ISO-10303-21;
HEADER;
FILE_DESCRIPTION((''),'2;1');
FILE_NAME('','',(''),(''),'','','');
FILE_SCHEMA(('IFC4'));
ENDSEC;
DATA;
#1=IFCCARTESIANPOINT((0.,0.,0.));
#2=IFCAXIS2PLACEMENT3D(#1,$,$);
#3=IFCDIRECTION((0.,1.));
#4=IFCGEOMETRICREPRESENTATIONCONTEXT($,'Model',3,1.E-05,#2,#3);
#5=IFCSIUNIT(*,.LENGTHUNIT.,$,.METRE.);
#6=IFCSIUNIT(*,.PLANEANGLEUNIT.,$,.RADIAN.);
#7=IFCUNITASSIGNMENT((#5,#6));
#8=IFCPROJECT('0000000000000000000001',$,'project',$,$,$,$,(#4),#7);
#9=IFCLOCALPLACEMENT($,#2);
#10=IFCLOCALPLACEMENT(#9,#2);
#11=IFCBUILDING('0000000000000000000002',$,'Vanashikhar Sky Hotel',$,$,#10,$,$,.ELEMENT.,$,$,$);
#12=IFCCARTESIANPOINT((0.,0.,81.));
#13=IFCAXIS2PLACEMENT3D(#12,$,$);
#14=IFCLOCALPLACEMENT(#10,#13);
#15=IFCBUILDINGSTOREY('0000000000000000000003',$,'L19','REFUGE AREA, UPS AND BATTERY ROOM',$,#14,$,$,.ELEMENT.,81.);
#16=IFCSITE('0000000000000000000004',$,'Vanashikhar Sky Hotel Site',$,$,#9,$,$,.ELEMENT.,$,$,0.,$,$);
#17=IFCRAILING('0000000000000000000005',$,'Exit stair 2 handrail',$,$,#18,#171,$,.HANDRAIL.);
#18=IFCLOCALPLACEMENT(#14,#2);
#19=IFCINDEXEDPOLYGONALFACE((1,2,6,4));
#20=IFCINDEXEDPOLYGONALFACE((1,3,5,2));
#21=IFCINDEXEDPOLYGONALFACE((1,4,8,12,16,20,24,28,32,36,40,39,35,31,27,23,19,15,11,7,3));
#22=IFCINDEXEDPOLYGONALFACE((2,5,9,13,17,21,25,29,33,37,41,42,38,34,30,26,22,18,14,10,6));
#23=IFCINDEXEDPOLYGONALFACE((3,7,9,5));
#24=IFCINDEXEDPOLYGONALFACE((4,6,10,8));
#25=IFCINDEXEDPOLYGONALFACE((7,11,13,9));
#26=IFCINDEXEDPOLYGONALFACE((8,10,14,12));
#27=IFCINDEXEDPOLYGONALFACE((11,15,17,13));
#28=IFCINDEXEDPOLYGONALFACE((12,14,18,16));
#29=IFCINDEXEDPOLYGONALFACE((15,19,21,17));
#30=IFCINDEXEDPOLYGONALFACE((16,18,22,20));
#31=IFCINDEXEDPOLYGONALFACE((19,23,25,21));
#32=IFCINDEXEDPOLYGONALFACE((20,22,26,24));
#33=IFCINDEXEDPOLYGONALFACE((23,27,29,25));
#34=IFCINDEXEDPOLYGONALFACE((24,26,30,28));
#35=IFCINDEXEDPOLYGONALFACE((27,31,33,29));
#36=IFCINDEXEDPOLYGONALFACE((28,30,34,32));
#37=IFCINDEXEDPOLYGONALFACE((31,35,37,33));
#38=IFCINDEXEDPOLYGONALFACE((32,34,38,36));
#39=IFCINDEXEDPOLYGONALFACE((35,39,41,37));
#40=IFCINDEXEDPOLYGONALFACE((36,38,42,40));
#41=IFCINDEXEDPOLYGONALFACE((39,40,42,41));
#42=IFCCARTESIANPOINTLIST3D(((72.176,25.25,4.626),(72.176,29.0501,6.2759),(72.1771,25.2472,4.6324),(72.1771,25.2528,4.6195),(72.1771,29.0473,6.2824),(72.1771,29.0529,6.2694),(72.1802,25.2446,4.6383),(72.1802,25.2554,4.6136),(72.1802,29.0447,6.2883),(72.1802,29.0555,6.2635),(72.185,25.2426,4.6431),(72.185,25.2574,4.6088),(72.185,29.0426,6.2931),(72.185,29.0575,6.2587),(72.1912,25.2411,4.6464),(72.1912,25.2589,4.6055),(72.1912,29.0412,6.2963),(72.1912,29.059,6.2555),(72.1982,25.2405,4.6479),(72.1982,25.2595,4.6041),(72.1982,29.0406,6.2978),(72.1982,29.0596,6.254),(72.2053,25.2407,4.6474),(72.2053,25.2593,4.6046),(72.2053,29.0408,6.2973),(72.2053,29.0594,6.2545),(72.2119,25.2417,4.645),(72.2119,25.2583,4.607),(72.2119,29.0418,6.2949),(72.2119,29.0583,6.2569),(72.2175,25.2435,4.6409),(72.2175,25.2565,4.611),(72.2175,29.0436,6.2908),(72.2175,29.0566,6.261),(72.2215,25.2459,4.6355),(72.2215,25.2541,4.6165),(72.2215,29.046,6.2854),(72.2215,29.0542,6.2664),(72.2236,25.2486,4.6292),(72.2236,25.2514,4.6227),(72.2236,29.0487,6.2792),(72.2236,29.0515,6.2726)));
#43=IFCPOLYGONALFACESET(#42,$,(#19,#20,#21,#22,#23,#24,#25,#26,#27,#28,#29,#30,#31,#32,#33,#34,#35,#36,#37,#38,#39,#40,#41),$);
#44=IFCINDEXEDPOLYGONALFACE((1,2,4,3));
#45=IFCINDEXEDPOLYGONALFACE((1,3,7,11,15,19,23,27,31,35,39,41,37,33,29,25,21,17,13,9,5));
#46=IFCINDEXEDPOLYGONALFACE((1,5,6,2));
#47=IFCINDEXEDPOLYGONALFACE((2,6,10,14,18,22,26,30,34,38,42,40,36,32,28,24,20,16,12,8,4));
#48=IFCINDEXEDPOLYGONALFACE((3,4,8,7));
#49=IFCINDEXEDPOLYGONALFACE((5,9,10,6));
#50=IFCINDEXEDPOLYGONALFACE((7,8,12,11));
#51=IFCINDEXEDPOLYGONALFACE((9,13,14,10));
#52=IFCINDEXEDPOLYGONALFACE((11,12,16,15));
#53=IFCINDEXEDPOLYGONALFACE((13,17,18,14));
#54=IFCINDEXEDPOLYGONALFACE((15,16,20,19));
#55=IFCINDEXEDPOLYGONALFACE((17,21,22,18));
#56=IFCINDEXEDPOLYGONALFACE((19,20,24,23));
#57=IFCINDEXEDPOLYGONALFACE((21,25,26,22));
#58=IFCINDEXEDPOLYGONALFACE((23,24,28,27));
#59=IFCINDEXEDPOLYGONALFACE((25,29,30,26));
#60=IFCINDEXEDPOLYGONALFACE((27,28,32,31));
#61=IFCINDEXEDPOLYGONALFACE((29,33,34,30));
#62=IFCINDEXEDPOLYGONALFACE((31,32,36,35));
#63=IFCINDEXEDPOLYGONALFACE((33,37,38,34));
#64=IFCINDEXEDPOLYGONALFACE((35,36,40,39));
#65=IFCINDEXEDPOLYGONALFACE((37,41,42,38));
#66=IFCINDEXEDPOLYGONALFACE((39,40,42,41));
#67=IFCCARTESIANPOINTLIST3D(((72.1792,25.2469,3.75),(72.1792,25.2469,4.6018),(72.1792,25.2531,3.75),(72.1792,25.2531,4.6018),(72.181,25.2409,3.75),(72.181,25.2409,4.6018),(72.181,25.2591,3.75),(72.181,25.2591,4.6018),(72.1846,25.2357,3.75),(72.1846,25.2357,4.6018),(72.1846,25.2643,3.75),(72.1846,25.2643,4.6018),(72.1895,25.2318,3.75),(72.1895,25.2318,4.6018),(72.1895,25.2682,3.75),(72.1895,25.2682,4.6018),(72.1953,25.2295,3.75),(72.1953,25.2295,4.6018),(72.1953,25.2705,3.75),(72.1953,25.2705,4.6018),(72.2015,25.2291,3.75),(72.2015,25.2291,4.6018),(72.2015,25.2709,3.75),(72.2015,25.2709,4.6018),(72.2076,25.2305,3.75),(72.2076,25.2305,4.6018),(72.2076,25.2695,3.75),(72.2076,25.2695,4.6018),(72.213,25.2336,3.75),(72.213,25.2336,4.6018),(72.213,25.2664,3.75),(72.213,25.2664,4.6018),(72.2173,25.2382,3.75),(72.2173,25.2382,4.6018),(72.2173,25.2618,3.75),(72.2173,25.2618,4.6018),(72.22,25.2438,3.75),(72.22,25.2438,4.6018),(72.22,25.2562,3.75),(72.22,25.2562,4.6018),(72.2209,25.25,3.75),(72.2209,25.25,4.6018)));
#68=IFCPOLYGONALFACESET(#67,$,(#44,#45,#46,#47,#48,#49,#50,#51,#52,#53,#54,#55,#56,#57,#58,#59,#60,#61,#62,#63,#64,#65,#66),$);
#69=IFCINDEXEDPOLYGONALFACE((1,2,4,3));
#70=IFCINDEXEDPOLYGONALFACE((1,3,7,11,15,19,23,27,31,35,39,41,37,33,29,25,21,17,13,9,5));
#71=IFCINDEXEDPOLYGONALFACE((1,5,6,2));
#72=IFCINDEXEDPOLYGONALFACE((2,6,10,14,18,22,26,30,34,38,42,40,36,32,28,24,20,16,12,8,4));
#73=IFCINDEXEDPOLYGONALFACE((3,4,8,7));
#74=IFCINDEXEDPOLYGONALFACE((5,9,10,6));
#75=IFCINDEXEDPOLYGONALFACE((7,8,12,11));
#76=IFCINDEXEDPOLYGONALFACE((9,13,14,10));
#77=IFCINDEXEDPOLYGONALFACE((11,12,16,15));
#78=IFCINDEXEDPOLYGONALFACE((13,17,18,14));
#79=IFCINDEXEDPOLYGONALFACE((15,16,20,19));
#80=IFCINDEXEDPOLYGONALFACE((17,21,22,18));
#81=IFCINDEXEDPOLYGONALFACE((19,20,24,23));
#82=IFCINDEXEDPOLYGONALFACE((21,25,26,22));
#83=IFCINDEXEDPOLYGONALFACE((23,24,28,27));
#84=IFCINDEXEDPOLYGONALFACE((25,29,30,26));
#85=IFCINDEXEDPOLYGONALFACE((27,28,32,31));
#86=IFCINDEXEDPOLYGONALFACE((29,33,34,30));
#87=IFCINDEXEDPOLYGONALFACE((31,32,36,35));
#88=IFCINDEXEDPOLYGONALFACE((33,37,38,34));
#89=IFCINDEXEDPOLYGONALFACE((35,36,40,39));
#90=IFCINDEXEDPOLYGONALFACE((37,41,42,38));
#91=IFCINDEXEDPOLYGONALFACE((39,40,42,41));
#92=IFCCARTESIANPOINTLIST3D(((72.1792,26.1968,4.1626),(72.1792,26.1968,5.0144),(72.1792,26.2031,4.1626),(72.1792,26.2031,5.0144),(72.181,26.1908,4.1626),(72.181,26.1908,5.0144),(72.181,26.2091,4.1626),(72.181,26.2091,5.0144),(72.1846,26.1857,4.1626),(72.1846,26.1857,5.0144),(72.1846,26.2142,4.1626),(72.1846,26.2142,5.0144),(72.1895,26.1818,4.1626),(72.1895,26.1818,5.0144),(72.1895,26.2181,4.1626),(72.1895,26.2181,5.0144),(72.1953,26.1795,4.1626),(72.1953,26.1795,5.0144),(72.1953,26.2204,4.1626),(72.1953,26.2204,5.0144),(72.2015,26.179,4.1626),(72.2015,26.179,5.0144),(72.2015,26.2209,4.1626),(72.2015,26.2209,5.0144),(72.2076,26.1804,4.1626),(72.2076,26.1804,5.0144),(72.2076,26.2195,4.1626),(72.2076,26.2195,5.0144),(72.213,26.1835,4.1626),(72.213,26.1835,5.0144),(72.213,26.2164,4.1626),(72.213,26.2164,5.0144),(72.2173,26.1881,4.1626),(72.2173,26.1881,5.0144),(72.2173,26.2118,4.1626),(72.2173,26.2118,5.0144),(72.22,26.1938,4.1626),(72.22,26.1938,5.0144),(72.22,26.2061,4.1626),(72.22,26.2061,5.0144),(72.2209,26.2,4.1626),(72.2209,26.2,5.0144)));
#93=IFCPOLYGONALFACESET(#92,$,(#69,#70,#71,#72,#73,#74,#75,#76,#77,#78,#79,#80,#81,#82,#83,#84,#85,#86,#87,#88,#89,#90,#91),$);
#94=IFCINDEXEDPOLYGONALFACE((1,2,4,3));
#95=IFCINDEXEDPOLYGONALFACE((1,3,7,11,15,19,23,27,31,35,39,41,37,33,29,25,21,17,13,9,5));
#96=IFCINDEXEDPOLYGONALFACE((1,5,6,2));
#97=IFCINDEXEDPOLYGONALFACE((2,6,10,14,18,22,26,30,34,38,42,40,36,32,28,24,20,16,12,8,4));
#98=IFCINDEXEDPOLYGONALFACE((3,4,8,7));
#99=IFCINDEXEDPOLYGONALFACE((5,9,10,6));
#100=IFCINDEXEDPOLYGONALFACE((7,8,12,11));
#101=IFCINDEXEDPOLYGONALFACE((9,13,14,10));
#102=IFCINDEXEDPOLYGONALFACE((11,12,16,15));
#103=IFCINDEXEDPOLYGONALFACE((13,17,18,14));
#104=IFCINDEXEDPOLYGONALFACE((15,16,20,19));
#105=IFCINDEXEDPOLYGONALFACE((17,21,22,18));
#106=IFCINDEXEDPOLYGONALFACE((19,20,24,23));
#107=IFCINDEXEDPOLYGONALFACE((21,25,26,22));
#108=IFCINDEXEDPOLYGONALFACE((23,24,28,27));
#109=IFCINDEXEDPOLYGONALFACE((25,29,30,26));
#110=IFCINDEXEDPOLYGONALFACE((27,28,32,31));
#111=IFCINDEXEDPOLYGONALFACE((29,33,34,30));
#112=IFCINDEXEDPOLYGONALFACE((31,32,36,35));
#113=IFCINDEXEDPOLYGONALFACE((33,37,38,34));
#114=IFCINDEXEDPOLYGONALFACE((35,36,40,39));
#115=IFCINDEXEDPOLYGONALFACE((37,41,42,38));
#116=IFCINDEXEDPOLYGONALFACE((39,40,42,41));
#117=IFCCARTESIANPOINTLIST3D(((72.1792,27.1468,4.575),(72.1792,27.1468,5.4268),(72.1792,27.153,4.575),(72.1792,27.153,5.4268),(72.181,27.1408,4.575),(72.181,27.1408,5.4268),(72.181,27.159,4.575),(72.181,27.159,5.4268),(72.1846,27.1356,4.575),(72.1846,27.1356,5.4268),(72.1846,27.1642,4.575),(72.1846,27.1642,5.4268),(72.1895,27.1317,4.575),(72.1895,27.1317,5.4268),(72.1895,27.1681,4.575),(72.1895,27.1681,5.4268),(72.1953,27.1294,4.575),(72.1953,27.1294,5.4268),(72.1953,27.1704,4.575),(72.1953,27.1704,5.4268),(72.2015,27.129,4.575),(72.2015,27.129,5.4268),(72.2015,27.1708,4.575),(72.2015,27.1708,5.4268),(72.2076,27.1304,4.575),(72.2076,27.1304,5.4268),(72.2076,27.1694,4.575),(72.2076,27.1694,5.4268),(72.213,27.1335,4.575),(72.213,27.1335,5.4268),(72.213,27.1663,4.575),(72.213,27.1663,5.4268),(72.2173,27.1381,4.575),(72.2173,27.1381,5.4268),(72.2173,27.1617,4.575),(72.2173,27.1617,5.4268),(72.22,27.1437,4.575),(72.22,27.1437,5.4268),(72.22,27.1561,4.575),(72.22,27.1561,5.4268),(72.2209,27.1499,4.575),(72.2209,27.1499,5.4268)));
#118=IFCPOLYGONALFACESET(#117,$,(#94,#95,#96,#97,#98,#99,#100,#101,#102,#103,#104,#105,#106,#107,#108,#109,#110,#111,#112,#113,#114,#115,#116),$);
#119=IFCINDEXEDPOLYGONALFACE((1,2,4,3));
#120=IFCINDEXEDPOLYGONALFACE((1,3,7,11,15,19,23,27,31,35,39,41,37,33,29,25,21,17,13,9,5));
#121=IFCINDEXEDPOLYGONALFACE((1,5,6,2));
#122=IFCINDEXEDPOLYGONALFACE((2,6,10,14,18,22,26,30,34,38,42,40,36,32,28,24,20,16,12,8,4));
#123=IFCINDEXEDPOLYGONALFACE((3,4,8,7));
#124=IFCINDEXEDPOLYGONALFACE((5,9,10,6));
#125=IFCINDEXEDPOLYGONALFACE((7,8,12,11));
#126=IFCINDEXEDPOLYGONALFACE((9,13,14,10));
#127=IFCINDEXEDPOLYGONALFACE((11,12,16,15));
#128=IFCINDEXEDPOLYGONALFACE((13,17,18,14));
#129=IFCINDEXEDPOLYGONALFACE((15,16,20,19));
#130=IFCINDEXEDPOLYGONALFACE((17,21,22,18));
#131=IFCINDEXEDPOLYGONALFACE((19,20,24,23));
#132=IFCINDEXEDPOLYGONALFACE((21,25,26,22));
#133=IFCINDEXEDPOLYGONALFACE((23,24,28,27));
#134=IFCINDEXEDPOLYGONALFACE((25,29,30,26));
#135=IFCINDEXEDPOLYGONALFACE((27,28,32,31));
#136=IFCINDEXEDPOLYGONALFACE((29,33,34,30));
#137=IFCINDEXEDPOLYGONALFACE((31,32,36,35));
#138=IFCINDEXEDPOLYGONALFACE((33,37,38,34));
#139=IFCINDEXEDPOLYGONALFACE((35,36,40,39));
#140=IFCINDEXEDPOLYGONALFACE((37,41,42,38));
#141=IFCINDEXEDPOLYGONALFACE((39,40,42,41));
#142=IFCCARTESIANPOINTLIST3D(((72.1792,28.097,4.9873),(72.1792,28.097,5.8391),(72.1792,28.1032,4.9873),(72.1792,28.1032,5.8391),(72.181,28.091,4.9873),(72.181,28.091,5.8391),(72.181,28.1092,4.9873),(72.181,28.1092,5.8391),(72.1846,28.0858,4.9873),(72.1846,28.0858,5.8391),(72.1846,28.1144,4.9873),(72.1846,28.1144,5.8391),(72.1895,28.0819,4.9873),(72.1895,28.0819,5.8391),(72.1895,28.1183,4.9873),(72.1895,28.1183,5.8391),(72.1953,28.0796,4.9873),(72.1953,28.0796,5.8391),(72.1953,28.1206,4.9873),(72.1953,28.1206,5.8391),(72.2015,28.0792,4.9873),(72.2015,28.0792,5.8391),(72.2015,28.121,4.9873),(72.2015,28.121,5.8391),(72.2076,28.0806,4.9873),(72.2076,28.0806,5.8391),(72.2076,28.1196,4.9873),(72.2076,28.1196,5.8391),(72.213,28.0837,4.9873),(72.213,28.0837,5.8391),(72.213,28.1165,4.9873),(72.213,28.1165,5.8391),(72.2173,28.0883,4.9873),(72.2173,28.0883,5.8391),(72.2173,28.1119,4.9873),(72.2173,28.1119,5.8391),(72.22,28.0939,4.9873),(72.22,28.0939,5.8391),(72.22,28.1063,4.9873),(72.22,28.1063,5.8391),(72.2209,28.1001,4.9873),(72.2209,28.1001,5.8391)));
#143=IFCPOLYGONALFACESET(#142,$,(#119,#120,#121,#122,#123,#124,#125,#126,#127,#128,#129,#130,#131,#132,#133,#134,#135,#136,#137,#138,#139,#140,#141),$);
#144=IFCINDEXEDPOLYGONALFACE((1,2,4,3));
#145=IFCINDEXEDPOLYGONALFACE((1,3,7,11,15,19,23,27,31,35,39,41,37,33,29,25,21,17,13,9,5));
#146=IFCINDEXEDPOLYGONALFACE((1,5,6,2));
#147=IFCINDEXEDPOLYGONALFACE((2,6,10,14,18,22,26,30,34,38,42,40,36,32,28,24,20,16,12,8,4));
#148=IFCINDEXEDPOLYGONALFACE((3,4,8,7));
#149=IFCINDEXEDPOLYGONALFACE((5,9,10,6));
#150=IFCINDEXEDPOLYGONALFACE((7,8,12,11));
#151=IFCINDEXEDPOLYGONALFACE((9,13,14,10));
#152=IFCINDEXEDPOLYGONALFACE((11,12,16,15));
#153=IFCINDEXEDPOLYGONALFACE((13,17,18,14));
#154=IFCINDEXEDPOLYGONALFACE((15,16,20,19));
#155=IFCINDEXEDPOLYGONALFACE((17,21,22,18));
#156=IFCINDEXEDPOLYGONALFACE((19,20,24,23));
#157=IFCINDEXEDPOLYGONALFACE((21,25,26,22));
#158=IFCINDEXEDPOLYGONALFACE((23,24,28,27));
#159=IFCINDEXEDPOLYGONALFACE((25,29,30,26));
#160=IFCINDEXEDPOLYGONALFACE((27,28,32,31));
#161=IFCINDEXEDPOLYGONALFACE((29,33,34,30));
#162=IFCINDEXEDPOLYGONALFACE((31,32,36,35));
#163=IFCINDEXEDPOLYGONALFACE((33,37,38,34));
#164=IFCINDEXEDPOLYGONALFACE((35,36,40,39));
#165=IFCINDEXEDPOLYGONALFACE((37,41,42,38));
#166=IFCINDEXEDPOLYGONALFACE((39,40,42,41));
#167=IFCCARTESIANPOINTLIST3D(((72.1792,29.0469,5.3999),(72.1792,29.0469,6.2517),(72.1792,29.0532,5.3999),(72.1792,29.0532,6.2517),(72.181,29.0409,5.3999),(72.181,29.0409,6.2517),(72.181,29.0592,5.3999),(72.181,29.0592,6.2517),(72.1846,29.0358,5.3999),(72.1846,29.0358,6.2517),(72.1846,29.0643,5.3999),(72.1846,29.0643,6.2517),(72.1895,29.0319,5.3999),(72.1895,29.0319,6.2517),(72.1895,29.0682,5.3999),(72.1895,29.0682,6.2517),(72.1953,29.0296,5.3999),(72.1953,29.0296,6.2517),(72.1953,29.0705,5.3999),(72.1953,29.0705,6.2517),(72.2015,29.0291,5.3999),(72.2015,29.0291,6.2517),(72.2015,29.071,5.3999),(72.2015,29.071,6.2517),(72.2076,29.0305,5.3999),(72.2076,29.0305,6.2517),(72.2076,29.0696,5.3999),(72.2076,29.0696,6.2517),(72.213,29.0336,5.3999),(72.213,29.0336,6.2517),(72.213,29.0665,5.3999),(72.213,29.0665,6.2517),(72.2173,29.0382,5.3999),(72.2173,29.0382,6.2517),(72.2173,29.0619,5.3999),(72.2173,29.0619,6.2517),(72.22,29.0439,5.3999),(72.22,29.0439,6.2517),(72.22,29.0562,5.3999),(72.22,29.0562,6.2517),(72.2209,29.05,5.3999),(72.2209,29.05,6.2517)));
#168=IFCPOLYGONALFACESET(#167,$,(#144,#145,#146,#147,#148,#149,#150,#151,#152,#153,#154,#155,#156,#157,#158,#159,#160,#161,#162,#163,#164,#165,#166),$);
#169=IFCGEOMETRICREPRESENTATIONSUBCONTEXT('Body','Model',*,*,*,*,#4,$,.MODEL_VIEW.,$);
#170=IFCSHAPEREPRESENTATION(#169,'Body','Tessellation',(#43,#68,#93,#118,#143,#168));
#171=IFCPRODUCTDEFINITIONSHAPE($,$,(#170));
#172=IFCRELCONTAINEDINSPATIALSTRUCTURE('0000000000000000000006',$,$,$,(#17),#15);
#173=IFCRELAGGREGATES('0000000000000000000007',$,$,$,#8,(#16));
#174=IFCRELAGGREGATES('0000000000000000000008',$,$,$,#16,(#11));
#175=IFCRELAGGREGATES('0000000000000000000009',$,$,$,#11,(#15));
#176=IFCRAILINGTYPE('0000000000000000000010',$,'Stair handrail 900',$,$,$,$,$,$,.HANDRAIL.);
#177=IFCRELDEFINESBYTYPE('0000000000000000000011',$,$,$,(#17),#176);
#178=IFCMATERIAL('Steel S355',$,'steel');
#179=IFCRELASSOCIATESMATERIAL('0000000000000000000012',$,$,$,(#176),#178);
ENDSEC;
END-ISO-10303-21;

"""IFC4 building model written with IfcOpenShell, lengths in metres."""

from ifc_helpers import new_model, si_unit, direction, frame, origin, origin_2d, place, context, subcontext, project, spatial, circle, extrude, source, transform, mapped, material, type_object, element, save


model = new_model("IFC4")

# Units and contexts
model_context = context("Model", 3, precision=1e-05, world=origin(), true_north=direction((0.0, 1.0)))
body_context = subcontext(model_context, "Body", "Model", "MODEL_VIEW")
ifc_project = project(units=[si_unit("LENGTHUNIT", "METRE"), si_unit("PLANEANGLEUNIT", "RADIAN")], contexts=[model_context])

# Site, building, storey
site_placement = place(None, origin())
site = spatial("IfcSite", under=ifc_project, at=site_placement, Name="Vanashikhar Sky Hotel Site", CompositionType="ELEMENT", RefElevation=0.0)
building_placement = place(site_placement, origin())
building = spatial("IfcBuilding", under=site, at=building_placement, Name="Vanashikhar Sky Hotel", CompositionType="ELEMENT")
storey_placement = place(building_placement, frame((0.0, 0.0, 81.0)))
storey = spatial("IfcBuildingStorey", under=building, at=storey_placement, Name="L19", Description="REFUGE AREA, UPS AND BATTERY ROOM", CompositionType="ELEMENT", Elevation=81.0)

# Railing
ifc_material_1 = material(Name="Steel S355", Category="steel")
railing_type_1 = type_object("IfcRailingType", Name="Stair handrail 900", PredefinedType="HANDRAIL", material=ifc_material_1)
shared_shape_1 = source(origin(), body_context, "Body", "SweptSolid", [
    extrude(circle(Radius=0.0239, at=origin_2d()), frame((0.0, 0.0, 0.876), z_axis=(0.0, 0.917272, 0.398261), x_axis=(-1.0, 0.0, 0.0)), (0.0, 0.0, 1.0), 4.1428),
    extrude(circle(Radius=0.021, at=origin_2d()), origin(), (0.0, 0.0, 1.0), 0.8518),
    extrude(circle(Radius=0.021, at=origin_2d()), frame((0.0, 0.95, 0.4126)), (0.0, 0.0, 1.0), 0.8518),
    extrude(circle(Radius=0.021, at=origin_2d()), frame((0.0, 1.8999, 0.825)), (0.0, 0.0, 1.0), 0.8518),
    extrude(circle(Radius=0.021, at=origin_2d()), frame((0.0, 2.8501, 1.2373)), (0.0, 0.0, 1.0), 0.8518),
    extrude(circle(Radius=0.021, at=origin_2d()), frame((0.0, 3.8, 1.6499)), (0.0, 0.0, 1.0), 0.8518),
])
for number, where, name in (
    (1, (72.2, 25.25, 3.75), "Exit stair 2 handrail"),
):
    element("IfcRailing", number, at=place(storey_placement, frame(where)), inside=storey, type_object=railing_type_1, Name=name, PredefinedType="HANDRAIL", context=body_context, shape_type="MappedRepresentation", body=[
        mapped(shared_shape_1, transform((0.0, 0.0, 0.0), scale=1.0)),
    ])

save(model, "model.ifc")
